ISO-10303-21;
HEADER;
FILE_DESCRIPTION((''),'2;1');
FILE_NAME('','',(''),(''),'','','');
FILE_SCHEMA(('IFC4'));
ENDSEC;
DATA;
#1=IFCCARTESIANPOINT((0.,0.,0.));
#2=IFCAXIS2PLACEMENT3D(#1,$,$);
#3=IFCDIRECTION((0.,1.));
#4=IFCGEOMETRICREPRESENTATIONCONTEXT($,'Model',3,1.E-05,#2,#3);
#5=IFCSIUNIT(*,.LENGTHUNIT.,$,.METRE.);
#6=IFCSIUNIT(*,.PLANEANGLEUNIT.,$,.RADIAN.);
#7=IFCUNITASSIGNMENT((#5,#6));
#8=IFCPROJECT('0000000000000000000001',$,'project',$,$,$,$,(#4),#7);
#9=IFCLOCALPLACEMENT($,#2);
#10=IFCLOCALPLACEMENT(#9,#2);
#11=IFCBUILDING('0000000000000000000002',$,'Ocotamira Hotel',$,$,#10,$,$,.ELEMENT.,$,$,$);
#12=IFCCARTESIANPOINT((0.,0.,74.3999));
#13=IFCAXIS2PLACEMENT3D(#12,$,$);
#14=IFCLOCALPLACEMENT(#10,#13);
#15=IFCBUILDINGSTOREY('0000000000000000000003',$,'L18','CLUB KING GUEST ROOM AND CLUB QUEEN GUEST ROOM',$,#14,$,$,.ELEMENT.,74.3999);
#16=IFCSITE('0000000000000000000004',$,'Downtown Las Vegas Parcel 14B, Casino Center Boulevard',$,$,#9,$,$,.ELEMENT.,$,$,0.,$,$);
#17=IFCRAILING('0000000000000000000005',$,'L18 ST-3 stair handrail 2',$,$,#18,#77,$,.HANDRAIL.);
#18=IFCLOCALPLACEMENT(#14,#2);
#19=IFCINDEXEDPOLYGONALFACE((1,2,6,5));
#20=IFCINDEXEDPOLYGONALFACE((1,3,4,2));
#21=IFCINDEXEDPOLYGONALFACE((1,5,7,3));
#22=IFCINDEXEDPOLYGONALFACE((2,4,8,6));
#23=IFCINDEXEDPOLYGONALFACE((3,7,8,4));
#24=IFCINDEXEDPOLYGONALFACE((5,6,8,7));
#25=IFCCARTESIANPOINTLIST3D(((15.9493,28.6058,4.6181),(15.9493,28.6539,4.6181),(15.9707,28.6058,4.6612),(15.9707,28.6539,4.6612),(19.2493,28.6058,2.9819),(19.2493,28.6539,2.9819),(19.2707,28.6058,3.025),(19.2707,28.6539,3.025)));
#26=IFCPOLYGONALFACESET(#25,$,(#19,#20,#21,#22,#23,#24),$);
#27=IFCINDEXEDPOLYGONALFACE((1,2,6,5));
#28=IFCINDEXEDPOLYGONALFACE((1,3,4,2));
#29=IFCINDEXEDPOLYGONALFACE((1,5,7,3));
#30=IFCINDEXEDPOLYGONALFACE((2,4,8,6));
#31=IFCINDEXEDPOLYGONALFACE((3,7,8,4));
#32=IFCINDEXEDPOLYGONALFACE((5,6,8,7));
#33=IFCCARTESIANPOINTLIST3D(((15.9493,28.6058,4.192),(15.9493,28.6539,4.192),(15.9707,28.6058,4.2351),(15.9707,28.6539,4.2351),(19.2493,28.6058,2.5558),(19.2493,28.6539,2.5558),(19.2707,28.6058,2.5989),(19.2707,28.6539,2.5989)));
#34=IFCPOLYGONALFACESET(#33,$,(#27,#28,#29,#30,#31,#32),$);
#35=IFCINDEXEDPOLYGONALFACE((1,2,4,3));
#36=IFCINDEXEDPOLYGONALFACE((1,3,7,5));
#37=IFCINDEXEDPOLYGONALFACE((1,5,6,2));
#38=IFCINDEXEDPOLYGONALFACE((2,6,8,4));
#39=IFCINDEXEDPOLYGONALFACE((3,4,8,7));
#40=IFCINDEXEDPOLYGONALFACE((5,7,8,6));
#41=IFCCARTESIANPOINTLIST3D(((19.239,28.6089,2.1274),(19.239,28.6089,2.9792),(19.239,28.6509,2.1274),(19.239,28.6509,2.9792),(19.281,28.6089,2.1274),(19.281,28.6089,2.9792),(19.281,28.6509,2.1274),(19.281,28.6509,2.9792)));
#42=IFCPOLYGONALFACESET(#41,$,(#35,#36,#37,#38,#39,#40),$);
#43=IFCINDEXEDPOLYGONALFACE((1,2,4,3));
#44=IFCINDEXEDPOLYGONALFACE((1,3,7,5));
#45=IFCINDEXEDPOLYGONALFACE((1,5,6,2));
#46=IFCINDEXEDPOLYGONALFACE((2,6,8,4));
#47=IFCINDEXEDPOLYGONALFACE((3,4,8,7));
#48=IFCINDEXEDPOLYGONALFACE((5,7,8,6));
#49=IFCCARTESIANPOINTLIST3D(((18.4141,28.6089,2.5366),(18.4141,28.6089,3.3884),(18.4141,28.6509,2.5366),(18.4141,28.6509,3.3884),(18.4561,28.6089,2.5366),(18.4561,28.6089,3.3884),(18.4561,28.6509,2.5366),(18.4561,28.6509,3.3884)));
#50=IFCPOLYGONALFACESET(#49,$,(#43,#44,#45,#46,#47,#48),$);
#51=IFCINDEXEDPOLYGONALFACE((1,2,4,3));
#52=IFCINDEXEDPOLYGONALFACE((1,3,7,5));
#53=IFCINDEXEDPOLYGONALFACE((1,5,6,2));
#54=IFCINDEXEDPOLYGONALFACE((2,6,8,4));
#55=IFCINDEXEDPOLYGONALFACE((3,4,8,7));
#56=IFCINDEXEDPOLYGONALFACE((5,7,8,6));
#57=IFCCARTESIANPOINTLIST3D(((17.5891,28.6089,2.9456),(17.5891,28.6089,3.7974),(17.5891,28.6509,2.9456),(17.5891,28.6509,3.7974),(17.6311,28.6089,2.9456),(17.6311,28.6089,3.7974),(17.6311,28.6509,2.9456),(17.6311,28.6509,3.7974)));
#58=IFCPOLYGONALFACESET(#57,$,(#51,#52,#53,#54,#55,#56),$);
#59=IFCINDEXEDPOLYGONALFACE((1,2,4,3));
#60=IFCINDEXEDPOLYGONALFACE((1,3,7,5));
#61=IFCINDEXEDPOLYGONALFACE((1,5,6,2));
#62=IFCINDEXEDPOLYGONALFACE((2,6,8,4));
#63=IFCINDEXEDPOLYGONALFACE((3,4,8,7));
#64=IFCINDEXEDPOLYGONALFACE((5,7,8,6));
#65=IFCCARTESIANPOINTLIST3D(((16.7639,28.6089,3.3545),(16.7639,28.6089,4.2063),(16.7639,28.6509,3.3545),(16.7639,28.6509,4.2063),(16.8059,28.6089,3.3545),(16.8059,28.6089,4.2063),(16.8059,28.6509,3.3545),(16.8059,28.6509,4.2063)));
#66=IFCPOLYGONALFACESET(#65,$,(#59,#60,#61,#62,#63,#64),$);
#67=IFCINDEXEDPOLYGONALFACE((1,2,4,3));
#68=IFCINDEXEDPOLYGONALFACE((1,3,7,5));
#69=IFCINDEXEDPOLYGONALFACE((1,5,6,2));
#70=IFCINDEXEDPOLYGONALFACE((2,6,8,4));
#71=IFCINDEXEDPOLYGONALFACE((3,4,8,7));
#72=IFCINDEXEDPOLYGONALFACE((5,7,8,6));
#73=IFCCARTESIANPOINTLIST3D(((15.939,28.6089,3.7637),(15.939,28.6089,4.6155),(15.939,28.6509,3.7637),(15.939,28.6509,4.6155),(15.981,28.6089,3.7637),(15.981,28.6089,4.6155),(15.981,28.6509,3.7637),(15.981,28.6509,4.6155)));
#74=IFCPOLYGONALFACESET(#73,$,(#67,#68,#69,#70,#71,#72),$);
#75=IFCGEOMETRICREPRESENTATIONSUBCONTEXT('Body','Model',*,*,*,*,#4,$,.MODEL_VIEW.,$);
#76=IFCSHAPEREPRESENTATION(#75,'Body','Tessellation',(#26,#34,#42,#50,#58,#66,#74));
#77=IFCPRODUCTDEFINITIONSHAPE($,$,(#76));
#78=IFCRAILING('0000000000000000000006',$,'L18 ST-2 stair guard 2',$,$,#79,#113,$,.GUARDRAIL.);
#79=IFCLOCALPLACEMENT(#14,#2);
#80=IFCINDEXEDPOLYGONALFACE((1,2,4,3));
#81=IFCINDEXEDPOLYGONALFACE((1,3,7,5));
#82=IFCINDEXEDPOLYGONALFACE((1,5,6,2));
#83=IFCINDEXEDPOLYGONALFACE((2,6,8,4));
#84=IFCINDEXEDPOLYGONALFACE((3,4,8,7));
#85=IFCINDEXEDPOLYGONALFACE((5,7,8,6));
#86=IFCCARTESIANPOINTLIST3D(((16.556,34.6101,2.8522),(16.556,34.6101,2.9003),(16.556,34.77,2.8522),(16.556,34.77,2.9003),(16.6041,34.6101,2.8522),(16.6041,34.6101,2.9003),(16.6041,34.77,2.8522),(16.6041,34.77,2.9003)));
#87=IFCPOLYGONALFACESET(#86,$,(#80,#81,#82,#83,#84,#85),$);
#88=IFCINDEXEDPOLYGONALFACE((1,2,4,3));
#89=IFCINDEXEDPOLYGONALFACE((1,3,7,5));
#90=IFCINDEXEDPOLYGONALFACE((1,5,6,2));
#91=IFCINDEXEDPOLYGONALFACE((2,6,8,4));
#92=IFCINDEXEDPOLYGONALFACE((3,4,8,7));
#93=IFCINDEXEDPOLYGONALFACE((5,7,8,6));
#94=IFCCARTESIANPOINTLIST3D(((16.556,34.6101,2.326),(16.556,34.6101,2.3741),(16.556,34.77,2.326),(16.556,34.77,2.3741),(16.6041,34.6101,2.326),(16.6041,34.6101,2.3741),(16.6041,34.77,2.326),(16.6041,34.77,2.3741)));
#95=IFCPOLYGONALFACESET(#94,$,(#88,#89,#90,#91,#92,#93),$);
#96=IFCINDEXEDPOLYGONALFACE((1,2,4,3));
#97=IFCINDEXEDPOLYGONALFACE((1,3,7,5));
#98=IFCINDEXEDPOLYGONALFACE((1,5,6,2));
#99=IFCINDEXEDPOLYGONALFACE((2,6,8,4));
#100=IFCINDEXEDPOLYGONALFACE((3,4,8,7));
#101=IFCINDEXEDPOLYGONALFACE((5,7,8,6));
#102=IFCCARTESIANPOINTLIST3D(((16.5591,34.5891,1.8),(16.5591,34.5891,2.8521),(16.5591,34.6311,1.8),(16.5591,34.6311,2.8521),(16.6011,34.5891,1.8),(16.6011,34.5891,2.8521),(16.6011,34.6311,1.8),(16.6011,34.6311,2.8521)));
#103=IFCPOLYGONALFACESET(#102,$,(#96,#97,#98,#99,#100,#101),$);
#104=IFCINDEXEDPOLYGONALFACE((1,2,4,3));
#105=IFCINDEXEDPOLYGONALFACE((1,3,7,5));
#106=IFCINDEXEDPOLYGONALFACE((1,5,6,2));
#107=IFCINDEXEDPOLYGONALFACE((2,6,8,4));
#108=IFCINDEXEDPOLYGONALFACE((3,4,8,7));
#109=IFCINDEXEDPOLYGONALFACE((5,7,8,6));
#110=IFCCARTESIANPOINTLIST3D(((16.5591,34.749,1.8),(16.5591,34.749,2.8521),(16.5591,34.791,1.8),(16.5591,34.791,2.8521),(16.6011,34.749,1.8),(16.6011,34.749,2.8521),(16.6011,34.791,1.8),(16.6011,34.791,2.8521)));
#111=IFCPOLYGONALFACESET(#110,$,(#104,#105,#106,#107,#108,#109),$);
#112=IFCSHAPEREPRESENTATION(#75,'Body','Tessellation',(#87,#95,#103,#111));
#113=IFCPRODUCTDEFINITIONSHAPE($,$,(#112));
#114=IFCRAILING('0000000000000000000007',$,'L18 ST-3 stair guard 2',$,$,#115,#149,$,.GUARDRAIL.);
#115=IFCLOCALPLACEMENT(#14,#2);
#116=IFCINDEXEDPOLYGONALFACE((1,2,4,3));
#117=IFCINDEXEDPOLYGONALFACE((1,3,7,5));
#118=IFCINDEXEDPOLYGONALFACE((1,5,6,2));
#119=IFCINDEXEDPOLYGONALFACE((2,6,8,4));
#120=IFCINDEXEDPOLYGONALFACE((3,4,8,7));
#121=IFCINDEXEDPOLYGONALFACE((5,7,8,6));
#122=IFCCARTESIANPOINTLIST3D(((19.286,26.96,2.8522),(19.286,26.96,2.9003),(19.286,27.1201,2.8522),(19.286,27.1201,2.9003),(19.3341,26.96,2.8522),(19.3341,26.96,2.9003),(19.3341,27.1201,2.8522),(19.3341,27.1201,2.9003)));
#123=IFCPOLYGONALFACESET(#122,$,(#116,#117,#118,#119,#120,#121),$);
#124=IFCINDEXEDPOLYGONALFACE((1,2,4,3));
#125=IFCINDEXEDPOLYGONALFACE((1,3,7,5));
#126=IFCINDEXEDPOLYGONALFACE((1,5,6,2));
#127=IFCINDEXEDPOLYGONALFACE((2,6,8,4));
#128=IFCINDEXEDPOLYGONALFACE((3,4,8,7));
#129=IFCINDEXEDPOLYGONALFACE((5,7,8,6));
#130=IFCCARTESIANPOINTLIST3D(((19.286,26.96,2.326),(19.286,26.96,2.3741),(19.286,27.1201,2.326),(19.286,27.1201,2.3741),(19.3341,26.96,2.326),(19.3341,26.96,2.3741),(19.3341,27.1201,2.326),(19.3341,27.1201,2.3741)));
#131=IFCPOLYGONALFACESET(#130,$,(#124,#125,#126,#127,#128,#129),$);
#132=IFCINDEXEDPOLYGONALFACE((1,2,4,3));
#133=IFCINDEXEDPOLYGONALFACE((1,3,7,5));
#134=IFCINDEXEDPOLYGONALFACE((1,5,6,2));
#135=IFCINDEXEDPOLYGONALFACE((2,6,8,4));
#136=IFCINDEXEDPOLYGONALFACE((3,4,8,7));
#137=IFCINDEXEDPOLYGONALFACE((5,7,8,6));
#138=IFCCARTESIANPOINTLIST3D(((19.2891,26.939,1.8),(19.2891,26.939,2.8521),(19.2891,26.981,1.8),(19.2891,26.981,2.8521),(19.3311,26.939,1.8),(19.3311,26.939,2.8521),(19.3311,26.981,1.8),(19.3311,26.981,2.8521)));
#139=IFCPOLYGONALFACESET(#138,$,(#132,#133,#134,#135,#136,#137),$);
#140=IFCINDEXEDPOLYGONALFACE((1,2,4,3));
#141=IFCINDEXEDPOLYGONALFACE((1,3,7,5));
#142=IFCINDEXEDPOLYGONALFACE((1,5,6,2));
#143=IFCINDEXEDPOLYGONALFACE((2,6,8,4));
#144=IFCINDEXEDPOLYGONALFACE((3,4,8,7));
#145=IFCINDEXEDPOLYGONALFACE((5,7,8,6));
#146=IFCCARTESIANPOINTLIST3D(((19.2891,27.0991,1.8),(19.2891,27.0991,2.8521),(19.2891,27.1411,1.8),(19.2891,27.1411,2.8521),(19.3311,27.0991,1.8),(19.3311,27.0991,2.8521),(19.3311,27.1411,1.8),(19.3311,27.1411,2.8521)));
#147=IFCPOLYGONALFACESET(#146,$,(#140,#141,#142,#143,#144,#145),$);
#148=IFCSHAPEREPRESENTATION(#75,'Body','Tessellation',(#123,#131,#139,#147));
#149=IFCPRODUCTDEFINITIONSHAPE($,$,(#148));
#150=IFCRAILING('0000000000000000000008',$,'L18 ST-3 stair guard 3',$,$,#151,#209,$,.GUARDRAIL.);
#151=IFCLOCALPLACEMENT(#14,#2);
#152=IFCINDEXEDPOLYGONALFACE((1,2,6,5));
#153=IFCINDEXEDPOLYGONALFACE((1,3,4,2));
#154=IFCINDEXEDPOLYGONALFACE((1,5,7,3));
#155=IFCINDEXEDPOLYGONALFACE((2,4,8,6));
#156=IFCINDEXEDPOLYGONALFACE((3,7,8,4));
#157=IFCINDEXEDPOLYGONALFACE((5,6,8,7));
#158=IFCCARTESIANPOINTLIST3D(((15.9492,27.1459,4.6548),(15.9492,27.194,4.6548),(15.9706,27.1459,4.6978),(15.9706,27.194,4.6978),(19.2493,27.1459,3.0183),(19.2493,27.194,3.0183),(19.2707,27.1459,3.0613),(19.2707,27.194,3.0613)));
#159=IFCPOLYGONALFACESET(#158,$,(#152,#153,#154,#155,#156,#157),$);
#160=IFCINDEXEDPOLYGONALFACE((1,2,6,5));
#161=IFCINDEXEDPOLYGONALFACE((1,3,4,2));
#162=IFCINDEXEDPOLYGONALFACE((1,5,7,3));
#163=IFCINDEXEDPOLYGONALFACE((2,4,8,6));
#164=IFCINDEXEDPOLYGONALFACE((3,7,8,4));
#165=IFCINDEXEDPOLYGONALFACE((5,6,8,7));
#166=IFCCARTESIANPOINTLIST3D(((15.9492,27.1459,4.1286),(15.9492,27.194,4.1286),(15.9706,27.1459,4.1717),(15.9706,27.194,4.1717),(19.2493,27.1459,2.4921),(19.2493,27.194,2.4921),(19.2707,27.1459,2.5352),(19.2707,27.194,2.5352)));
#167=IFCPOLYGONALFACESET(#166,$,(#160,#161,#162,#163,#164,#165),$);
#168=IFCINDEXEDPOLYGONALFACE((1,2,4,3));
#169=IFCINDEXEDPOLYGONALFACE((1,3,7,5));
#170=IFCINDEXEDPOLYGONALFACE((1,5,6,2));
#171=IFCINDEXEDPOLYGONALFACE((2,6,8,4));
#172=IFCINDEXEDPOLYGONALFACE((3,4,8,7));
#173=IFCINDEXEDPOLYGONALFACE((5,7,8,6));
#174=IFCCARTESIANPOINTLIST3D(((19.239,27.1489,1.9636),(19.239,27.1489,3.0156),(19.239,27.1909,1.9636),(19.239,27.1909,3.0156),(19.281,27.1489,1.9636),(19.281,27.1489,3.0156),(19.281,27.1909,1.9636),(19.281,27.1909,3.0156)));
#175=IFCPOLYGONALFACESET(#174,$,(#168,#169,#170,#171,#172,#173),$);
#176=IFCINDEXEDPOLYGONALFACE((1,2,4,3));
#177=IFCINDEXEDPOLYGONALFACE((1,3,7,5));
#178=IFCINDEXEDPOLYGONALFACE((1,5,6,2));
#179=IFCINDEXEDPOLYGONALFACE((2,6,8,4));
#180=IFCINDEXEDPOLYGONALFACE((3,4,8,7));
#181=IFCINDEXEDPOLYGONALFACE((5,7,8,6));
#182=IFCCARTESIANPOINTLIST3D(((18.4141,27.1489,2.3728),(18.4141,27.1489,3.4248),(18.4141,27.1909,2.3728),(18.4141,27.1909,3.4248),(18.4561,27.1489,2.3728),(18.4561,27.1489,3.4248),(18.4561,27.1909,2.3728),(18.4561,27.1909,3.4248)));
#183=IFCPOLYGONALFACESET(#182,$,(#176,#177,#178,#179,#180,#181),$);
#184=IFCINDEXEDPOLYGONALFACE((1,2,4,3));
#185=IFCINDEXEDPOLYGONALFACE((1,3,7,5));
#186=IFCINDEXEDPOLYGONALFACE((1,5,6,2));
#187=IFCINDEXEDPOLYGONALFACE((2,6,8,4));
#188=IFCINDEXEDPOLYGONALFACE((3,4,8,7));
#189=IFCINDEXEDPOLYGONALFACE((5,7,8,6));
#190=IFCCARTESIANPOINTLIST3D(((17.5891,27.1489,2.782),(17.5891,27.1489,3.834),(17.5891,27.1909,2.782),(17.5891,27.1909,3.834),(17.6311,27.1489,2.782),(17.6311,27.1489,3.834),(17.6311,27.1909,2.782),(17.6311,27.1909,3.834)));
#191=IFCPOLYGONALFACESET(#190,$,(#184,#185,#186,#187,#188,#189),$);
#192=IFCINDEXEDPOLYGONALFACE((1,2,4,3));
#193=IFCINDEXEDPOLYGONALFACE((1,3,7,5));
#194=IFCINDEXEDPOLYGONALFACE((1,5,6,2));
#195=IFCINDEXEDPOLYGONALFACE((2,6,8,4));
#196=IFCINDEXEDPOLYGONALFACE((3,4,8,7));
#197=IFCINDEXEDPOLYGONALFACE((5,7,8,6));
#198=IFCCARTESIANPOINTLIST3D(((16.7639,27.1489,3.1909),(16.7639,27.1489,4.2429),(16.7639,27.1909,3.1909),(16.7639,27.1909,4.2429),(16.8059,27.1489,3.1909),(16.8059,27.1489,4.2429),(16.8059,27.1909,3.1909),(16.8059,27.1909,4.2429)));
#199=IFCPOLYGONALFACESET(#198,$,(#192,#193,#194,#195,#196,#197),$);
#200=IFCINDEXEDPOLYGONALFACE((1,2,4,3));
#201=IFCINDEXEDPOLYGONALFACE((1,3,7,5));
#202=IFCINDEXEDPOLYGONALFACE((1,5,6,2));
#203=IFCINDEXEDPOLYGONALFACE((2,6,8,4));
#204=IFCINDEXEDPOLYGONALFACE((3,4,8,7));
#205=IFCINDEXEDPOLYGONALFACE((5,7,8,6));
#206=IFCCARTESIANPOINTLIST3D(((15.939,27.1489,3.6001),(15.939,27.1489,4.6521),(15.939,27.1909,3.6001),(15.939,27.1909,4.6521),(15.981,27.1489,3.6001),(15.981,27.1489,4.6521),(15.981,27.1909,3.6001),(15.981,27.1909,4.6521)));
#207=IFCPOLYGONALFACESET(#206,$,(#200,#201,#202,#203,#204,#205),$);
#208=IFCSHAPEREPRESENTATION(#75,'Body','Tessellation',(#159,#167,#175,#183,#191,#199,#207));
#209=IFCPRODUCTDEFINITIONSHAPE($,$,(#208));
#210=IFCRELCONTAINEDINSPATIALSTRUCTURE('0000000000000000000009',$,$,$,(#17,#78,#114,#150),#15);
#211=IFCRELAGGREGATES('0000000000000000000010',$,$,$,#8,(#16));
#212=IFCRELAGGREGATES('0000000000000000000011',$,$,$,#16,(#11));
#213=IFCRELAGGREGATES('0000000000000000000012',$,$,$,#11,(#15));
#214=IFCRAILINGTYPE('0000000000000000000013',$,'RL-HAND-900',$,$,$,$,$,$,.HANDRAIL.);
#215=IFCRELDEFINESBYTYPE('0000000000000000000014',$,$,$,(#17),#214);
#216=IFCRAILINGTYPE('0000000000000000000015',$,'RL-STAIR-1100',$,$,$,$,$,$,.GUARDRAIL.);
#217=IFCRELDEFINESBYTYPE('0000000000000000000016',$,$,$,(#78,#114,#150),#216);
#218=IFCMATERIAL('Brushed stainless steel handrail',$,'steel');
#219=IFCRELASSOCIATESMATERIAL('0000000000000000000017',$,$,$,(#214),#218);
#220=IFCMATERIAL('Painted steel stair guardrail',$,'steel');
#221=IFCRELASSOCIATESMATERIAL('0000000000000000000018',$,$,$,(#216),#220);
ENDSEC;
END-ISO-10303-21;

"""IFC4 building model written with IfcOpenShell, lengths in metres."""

from ifc_helpers import new_model, si_unit, direction, frame, origin, origin_2d, place, context, subcontext, project, spatial, rectangle, extrude, material, type_object, element, save


model = new_model("IFC4")

# Units and contexts
model_context = context("Model", 3, precision=1e-05, world=origin(), true_north=direction((0.0, 1.0)))
body_context = subcontext(model_context, "Body", "Model", "MODEL_VIEW")
ifc_project = project(units=[si_unit("LENGTHUNIT", "METRE"), si_unit("PLANEANGLEUNIT", "RADIAN")], contexts=[model_context])

# Site, building, storey
site_placement = place(None, origin())
site = spatial("IfcSite", under=ifc_project, at=site_placement, Name="Downtown Las Vegas Parcel 14B, Casino Center Boulevard", CompositionType="ELEMENT", RefElevation=0.0)
building_placement = place(site_placement, origin())
building = spatial("IfcBuilding", under=site, at=building_placement, Name="Ocotamira Hotel", CompositionType="ELEMENT")
storey_placement = place(building_placement, frame((0.0, 0.0, 74.3999)))
storey = spatial("IfcBuildingStorey", under=building, at=storey_placement, Name="L18", Description="CLUB KING GUEST ROOM AND CLUB QUEEN GUEST ROOM", CompositionType="ELEMENT", Elevation=74.3999)

# Railings
ifc_material_1 = material(Name="Brushed stainless steel handrail", Category="steel")
railing_type_1 = type_object("IfcRailingType", Name="RL-HAND-900", PredefinedType="HANDRAIL", material=ifc_material_1)
for number, where, name in (
    (1, (19.26, 28.6299, 2.1274), "L18 ST-3 stair handrail 2"),
):
    element("IfcRailing", number, at=place(storey_placement, frame(where)), inside=storey, type_object=railing_type_1, Name=name, PredefinedType="HANDRAIL", context=body_context, shape_type="SweptSolid", body=[
        extrude(rectangle(XDim=0.0481, YDim=0.0481, at=origin_2d()), frame((0.0, 0.0, 0.876), z_axis=(-0.89592, 0.0, 0.444215), x_axis=(0.0, -1.0, 0.0)), (0.0, 0.0, 1.0), 3.6833),
        extrude(rectangle(XDim=0.0481, YDim=0.0481, at=origin_2d()), frame((0.0, 0.0, 0.45), z_axis=(-0.89592, 0.0, 0.444215), x_axis=(0.0, -1.0, 0.0)), (0.0, 0.0, 1.0), 3.6833),
        extrude(rectangle(XDim=0.042, YDim=0.042, at=origin_2d()), origin(), (0.0, 0.0, 1.0), 0.8518),
        extrude(rectangle(XDim=0.042, YDim=0.042, at=origin_2d()), frame((-0.825, 0.0, 0.4092)), (0.0, 0.0, 1.0), 0.8518),
        extrude(rectangle(XDim=0.042, YDim=0.042, at=origin_2d()), frame((-1.6499, 0.0, 0.8181)), (0.0, 0.0, 1.0), 0.8518),
        extrude(rectangle(XDim=0.042, YDim=0.042, at=origin_2d()), frame((-2.4751, 0.0, 1.2271)), (0.0, 0.0, 1.0), 0.8518),
        extrude(rectangle(XDim=0.042, YDim=0.042, at=origin_2d()), frame((-3.3, 0.0, 1.6362)), (0.0, 0.0, 1.0), 0.8518),
    ])
ifc_material_2 = material(Name="Painted steel stair guardrail", Category="steel")
railing_type_2 = type_object("IfcRailingType", Name="RL-STAIR-1100", PredefinedType="GUARDRAIL", material=ifc_material_2)
railing_1_placement = place(storey_placement, frame((16.5801, 34.6101, 1.8)))
element("IfcRailing", 2, at=railing_1_placement, inside=storey, type_object=railing_type_2, Name="L18 ST-2 stair guard 2", PredefinedType="GUARDRAIL", context=body_context, shape_type="SweptSolid", body=[
    extrude(rectangle(XDim=0.0481, YDim=0.0481, at=origin_2d()), frame((0.0, 0.0, 1.0762), z_axis=(0.0, 1.0, 0.0), x_axis=(-1.0, 0.0, 0.0)), (0.0, 0.0, 1.0), 0.1599),
    extrude(rectangle(XDim=0.0481, YDim=0.0481, at=origin_2d()), frame((0.0, 0.0, 0.55), z_axis=(0.0, 1.0, 0.0), x_axis=(-1.0, 0.0, 0.0)), (0.0, 0.0, 1.0), 0.1599),
    extrude(rectangle(XDim=0.042, YDim=0.042, at=origin_2d()), origin(), (0.0, 0.0, 1.0), 1.052),
    extrude(rectangle(XDim=0.042, YDim=0.042, at=origin_2d()), frame((0.0, 0.1599, 0.0)), (0.0, 0.0, 1.0), 1.052),
])
railing_2_placement = place(storey_placement, frame((19.3101, 26.96, 1.8)))
element("IfcRailing", 3, at=railing_2_placement, inside=storey, type_object=railing_type_2, Name="L18 ST-3 stair guard 2", PredefinedType="GUARDRAIL", context=body_context, shape_type="SweptSolid", body=[
    extrude(rectangle(XDim=0.0481, YDim=0.0481, at=origin_2d()), frame((0.0, 0.0, 1.0762), z_axis=(0.0, 1.0, 0.0), x_axis=(-1.0, 0.0, 0.0)), (0.0, 0.0, 1.0), 0.1602),
    extrude(rectangle(XDim=0.0481, YDim=0.0481, at=origin_2d()), frame((0.0, 0.0, 0.55), z_axis=(0.0, 1.0, 0.0), x_axis=(-1.0, 0.0, 0.0)), (0.0, 0.0, 1.0), 0.1602),
    extrude(rectangle(XDim=0.042, YDim=0.042, at=origin_2d()), origin(), (0.0, 0.0, 1.0), 1.052),
    extrude(rectangle(XDim=0.042, YDim=0.042, at=origin_2d()), frame((0.0, 0.1602, 0.0)), (0.0, 0.0, 1.0), 1.052),
])
railing_3_placement = place(storey_placement, frame((19.26, 27.1699, 1.9636)))
element("IfcRailing", 4, at=railing_3_placement, inside=storey, type_object=railing_type_2, Name="L18 ST-3 stair guard 3", PredefinedType="GUARDRAIL", context=body_context, shape_type="SweptSolid", body=[
    extrude(rectangle(XDim=0.0481, YDim=0.0481, at=origin_2d()), frame((0.0, 0.0, 1.0762), z_axis=(-0.895894, 0.0, 0.444268), x_axis=(0.0, -1.0, 0.0)), (0.0, 0.0, 1.0), 3.6836),
    extrude(rectangle(XDim=0.0481, YDim=0.0481, at=origin_2d()), frame((0.0, 0.0, 0.55), z_axis=(-0.895894, 0.0, 0.444268), x_axis=(0.0, -1.0, 0.0)), (0.0, 0.0, 1.0), 3.6836),
    extrude(rectangle(XDim=0.042, YDim=0.042, at=origin_2d()), origin(), (0.0, 0.0, 1.0), 1.052),
    extrude(rectangle(XDim=0.042, YDim=0.042, at=origin_2d()), frame((-0.825, 0.0, 0.4092)), (0.0, 0.0, 1.0), 1.052),
    extrude(rectangle(XDim=0.042, YDim=0.042, at=origin_2d()), frame((-1.6499, 0.0, 0.8184)), (0.0, 0.0, 1.0), 1.052),
    extrude(rectangle(XDim=0.042, YDim=0.042, at=origin_2d()), frame((-2.4751, 0.0, 1.2273)), (0.0, 0.0, 1.0), 1.052),
    extrude(rectangle(XDim=0.042, YDim=0.042, at=origin_2d()), frame((-3.3, 0.0, 1.6365)), (0.0, 0.0, 1.0), 1.052),
])

save(model, "model.ifc")
